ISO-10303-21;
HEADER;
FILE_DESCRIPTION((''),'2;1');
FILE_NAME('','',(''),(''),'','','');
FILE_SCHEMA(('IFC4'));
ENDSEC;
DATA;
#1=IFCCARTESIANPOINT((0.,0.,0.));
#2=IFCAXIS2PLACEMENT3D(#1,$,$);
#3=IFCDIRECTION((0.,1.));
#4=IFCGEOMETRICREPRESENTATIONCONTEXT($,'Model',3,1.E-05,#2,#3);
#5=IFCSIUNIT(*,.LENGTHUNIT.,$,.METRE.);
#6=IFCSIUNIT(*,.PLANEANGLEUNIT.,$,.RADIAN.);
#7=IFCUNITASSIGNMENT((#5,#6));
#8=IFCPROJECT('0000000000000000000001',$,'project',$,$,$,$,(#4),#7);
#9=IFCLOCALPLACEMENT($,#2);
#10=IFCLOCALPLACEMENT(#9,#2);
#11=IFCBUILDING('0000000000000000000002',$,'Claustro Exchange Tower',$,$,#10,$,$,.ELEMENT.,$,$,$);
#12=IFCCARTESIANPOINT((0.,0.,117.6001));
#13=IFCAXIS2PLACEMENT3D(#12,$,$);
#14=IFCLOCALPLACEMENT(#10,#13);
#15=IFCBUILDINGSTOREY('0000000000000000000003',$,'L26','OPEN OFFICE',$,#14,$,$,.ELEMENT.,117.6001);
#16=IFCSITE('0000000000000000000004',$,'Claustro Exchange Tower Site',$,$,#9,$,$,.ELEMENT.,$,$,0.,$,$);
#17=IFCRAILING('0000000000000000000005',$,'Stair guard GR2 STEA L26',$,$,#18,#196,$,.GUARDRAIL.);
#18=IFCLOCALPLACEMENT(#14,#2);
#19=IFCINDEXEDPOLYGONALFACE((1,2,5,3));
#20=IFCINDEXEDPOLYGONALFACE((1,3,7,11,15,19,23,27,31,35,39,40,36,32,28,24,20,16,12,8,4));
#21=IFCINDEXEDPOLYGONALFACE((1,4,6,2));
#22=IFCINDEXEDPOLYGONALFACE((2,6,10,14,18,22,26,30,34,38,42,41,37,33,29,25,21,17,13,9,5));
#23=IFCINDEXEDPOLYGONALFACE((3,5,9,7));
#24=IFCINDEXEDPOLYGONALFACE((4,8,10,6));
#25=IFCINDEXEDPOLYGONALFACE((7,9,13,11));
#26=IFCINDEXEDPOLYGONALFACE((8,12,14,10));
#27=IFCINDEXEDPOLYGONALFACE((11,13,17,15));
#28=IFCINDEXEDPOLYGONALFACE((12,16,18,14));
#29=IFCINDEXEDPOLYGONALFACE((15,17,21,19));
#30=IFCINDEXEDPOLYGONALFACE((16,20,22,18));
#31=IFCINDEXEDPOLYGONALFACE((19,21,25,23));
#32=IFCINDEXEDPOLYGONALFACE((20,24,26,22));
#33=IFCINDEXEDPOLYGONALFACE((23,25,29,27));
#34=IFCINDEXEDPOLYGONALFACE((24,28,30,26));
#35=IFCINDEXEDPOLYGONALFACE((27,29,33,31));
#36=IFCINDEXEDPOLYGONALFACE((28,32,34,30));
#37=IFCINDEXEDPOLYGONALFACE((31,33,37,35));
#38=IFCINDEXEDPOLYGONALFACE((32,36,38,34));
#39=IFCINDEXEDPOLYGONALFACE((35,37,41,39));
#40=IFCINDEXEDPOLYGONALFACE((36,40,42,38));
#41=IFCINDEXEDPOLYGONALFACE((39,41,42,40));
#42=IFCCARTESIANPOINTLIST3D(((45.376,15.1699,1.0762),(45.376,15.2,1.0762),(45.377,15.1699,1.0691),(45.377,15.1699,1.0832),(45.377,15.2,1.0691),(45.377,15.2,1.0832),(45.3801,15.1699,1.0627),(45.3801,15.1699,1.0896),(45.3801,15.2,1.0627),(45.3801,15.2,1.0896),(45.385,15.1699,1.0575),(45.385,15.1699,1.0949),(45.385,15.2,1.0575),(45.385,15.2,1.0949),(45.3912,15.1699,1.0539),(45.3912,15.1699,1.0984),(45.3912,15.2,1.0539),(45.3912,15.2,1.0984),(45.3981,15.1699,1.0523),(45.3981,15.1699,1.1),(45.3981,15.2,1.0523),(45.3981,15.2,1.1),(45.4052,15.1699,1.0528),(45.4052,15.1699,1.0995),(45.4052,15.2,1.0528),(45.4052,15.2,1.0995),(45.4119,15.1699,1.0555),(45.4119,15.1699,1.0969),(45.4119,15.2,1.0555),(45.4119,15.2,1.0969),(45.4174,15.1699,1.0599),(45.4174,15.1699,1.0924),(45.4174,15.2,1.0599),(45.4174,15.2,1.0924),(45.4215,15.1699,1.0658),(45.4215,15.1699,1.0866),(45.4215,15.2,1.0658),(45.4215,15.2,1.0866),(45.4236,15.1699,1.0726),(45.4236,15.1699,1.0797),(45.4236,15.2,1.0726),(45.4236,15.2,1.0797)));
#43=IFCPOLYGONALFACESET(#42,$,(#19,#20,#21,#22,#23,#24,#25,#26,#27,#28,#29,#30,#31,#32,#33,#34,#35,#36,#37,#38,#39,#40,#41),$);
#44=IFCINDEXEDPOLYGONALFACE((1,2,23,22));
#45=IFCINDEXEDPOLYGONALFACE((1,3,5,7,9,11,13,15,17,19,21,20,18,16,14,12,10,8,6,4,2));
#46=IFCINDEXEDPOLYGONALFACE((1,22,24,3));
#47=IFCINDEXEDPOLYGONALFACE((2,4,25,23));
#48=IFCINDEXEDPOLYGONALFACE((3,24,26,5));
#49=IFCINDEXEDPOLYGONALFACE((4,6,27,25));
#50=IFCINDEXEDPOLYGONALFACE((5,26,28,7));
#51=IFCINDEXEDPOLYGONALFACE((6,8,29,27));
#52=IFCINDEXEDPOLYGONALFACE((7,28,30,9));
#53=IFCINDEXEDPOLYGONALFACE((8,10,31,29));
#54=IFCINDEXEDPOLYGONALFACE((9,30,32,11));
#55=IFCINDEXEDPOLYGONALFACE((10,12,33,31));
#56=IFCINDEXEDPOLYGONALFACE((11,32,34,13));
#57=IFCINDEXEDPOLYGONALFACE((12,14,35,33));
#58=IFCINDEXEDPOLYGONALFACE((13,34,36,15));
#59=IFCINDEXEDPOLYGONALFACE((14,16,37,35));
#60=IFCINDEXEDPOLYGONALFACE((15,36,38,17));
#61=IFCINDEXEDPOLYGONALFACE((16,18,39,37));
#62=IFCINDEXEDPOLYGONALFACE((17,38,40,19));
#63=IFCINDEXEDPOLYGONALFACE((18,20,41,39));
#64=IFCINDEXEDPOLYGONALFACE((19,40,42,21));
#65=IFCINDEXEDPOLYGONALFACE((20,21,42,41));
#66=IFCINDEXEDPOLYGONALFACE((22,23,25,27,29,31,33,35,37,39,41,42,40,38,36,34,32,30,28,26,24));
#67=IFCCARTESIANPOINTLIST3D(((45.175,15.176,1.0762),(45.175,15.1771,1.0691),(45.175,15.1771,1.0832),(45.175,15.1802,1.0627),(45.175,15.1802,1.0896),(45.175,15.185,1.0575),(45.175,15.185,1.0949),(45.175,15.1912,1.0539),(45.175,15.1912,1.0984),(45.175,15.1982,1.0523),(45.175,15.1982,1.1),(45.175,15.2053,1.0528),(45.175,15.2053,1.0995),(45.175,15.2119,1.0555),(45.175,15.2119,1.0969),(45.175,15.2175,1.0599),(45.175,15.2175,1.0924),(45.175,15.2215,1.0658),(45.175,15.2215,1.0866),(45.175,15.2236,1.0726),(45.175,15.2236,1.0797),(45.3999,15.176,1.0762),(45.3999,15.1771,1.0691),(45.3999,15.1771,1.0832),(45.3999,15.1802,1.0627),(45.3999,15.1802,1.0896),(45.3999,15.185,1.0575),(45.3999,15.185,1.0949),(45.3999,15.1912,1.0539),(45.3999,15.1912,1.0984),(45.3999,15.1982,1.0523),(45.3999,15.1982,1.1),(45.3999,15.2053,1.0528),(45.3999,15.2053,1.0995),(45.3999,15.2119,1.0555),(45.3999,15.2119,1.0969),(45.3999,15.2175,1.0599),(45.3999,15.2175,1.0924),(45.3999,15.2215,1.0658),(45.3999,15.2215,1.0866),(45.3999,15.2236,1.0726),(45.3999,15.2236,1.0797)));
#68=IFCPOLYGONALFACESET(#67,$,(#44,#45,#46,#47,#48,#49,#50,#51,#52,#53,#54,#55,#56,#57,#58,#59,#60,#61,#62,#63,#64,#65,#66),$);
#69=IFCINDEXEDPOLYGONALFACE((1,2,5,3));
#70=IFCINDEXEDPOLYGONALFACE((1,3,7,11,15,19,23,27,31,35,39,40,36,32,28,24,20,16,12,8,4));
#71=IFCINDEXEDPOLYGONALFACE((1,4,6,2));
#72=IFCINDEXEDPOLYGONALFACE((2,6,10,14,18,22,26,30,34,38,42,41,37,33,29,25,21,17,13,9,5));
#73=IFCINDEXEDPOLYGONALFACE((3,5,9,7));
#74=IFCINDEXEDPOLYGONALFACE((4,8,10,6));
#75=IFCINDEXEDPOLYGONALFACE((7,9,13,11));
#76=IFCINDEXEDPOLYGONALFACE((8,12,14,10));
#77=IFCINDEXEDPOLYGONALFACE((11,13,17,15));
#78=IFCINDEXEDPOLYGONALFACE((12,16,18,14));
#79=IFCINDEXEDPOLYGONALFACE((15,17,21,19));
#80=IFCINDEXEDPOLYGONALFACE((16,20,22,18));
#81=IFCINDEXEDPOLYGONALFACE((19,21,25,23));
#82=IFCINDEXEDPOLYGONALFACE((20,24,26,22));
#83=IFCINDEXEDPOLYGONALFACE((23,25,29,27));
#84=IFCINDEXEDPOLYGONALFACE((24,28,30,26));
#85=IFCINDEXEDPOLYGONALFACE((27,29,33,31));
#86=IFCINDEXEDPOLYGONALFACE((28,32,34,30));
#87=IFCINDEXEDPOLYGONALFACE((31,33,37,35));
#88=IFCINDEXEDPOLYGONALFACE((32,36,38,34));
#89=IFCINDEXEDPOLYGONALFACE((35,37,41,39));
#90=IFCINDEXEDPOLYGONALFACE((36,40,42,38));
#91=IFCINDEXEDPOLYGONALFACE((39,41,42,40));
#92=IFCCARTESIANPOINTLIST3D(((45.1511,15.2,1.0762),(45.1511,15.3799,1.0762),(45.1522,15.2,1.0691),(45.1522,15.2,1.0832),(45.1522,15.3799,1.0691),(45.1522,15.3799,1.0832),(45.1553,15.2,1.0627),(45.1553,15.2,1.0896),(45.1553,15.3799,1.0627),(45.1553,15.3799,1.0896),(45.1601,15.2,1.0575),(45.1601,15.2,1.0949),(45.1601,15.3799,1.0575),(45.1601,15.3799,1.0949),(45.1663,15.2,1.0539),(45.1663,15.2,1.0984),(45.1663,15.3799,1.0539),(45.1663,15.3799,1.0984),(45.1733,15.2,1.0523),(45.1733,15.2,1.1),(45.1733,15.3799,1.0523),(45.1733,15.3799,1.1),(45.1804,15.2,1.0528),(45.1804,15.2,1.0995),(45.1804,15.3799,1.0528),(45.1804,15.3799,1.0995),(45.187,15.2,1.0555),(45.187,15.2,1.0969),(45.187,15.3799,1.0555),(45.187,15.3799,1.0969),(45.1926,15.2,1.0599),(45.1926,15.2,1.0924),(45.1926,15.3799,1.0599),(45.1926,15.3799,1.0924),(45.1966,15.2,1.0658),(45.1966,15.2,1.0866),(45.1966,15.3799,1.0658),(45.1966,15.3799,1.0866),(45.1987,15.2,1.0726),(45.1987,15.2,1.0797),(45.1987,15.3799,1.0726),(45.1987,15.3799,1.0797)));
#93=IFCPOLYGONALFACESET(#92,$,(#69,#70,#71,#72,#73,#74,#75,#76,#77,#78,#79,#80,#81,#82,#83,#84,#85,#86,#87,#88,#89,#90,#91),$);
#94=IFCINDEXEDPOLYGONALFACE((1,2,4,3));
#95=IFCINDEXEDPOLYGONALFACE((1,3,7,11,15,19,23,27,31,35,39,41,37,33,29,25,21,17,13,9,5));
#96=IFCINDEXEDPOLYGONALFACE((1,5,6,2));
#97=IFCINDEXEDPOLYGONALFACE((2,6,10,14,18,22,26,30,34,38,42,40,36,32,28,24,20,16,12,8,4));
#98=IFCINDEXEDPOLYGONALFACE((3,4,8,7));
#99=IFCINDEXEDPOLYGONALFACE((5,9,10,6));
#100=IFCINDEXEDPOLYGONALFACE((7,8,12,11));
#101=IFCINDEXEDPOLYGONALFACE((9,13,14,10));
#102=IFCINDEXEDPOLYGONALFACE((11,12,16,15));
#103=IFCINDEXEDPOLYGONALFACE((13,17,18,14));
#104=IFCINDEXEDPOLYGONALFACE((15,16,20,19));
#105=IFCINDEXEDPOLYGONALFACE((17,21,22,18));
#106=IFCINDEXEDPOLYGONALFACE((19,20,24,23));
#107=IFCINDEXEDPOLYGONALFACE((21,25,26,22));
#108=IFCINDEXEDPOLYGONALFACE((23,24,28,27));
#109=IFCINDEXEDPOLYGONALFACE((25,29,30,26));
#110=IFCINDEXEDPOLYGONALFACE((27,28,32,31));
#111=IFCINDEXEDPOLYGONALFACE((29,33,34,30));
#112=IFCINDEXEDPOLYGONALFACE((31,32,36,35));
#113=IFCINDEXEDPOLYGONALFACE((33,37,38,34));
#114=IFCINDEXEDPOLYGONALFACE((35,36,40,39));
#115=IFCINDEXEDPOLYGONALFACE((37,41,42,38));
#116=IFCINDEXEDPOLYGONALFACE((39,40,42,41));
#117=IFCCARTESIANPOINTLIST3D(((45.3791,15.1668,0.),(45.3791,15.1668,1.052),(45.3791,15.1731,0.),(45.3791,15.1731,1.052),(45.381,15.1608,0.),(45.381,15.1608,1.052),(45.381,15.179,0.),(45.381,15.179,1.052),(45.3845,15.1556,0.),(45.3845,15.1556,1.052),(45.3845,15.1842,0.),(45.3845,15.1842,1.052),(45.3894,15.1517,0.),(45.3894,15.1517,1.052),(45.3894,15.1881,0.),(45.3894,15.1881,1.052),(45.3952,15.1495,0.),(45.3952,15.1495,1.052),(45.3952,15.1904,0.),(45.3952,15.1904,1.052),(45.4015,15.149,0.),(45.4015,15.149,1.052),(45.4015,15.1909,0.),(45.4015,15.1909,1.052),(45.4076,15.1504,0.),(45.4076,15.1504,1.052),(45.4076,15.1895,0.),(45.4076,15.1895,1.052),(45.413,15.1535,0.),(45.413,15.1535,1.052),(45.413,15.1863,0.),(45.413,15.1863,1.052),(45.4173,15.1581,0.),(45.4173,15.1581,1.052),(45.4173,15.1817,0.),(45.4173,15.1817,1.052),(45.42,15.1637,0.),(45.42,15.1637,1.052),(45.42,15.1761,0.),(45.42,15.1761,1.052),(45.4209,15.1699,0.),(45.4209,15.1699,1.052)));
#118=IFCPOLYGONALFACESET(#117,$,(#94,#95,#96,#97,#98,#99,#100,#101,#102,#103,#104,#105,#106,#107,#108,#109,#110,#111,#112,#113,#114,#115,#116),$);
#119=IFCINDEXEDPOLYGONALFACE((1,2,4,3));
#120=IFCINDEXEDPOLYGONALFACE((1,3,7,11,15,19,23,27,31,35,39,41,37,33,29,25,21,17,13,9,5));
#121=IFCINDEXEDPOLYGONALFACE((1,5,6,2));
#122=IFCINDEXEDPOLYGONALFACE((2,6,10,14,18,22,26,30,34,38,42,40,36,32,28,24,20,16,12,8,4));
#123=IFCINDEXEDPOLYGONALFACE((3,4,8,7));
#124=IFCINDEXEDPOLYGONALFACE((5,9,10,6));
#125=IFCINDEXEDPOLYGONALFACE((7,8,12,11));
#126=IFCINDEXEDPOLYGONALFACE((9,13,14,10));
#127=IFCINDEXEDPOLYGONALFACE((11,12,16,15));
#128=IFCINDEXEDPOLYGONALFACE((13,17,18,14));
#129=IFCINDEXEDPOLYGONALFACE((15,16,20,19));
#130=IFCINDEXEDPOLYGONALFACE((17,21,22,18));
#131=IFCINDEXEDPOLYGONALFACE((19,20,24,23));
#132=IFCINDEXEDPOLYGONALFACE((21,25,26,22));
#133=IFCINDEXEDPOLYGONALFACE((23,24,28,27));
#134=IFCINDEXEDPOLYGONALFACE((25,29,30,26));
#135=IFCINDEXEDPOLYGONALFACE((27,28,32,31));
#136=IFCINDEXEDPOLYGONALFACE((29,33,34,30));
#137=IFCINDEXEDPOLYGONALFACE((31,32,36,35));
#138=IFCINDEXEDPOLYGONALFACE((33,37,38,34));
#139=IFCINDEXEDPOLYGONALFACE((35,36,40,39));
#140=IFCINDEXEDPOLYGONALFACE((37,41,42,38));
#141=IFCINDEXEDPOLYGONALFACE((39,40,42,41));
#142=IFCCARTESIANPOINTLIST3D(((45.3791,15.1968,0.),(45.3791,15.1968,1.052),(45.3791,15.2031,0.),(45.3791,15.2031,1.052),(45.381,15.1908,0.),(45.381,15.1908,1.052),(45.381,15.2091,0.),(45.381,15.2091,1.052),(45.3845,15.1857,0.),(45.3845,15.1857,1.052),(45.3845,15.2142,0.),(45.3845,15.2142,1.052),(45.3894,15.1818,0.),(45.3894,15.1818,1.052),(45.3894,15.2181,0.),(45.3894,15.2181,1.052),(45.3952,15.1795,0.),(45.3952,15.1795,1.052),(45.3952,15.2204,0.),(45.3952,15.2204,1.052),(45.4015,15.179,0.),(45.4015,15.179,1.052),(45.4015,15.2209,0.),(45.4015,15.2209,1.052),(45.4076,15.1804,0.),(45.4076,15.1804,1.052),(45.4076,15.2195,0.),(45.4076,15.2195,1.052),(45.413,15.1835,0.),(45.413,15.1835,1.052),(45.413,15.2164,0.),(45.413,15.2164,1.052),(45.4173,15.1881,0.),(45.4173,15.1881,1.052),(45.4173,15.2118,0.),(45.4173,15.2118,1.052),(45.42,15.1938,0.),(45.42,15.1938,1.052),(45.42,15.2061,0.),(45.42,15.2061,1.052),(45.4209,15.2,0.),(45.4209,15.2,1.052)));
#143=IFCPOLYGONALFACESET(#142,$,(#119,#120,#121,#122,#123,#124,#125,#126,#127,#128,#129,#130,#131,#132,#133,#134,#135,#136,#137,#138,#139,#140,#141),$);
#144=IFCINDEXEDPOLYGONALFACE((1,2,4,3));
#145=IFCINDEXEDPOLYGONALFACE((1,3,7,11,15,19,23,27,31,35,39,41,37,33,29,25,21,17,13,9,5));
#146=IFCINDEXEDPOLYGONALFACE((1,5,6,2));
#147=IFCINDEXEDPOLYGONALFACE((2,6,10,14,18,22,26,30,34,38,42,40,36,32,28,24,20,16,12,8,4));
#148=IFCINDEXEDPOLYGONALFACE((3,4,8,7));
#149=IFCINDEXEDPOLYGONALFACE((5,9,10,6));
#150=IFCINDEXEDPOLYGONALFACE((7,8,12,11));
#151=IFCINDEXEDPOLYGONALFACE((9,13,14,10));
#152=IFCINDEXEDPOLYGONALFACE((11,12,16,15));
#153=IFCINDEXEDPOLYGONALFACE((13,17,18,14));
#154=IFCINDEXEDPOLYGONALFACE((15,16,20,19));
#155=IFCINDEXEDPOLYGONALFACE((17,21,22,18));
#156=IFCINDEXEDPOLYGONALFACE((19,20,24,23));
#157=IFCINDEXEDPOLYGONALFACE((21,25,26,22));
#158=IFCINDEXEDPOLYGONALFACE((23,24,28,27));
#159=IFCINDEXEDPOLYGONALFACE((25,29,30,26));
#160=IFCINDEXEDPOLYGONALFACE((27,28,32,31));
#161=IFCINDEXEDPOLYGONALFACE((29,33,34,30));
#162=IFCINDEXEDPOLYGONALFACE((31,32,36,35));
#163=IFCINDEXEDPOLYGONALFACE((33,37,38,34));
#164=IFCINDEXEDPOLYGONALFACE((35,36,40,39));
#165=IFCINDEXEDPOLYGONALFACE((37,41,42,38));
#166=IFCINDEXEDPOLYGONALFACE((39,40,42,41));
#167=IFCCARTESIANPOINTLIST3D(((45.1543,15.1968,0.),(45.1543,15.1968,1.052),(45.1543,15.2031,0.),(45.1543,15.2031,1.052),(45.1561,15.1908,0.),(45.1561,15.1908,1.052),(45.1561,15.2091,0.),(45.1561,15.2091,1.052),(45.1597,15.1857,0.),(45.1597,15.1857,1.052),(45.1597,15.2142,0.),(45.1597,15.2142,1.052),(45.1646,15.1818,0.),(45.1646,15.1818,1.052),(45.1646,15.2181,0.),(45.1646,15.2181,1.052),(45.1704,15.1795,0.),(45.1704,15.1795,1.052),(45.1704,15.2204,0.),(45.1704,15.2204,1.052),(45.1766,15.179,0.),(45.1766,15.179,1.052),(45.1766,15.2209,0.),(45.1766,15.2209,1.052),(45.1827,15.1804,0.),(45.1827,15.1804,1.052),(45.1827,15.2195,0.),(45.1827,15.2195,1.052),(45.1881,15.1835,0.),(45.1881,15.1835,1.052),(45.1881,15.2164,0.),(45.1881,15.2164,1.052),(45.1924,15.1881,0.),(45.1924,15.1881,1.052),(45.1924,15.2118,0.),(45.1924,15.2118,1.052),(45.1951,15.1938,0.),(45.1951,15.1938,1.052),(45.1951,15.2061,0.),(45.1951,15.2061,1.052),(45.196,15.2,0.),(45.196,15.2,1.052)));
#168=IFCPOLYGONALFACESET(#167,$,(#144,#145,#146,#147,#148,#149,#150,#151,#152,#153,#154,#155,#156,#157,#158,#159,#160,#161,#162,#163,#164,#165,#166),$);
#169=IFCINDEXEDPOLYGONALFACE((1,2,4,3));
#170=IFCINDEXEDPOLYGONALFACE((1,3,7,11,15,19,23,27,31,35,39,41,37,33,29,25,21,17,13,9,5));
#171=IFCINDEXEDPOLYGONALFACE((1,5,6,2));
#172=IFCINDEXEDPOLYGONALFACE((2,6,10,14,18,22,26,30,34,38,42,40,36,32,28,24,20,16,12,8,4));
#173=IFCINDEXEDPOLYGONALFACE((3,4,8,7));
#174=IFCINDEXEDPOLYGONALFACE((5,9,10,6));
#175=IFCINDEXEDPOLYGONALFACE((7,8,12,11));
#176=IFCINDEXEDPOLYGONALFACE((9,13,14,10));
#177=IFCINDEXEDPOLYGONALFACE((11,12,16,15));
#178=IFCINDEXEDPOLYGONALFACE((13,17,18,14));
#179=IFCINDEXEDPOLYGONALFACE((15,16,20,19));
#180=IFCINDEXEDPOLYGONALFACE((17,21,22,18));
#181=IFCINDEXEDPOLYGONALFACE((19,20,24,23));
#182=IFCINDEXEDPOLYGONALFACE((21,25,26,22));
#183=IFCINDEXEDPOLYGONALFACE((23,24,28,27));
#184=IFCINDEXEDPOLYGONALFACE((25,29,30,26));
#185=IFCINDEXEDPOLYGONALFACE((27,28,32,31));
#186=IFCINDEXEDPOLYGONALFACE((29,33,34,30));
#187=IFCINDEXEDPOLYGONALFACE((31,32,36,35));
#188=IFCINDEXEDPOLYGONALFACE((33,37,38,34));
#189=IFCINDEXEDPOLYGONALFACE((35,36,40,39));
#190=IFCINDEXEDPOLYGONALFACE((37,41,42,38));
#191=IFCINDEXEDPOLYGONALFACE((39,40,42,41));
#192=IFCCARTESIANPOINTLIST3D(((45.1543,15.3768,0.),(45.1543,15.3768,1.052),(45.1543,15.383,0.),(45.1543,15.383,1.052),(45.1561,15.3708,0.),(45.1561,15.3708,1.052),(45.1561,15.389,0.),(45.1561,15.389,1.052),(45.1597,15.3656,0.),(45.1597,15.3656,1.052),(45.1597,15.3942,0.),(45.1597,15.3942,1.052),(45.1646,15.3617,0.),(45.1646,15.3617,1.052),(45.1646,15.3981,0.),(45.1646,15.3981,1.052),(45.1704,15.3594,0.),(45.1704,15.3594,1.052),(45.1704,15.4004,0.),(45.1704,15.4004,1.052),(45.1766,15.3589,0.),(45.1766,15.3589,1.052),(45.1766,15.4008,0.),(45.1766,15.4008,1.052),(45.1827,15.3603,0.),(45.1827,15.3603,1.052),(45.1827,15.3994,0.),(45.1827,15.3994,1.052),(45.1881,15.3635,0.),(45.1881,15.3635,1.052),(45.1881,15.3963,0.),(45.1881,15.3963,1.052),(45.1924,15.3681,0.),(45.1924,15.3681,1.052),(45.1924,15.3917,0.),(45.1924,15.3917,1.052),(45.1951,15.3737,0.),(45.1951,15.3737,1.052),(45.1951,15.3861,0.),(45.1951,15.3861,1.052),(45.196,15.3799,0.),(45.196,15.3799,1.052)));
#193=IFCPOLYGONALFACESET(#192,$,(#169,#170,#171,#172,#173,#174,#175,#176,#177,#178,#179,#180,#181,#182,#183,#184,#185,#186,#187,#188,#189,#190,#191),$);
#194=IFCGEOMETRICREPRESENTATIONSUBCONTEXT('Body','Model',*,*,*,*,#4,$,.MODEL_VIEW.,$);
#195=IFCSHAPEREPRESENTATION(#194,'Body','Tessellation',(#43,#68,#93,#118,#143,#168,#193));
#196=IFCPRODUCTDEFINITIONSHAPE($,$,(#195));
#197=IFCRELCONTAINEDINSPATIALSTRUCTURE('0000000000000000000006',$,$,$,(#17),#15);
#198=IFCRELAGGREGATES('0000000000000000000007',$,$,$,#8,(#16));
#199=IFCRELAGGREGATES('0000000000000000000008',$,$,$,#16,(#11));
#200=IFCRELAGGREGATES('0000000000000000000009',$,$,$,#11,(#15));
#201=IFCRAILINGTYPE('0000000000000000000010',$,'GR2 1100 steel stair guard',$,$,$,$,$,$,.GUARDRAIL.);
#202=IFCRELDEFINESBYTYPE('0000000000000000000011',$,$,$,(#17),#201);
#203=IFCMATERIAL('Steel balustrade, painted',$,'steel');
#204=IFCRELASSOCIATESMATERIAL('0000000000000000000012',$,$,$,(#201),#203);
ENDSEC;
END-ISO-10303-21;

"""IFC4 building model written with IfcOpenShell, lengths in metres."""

from ifc_helpers import new_model, si_unit, direction, frame, origin, origin_2d, place, context, subcontext, project, spatial, circle, extrude, material, type_object, element, save


model = new_model("IFC4")

# Units and contexts
model_context = context("Model", 3, precision=1e-05, world=origin(), true_north=direction((0.0, 1.0)))
body_context = subcontext(model_context, "Body", "Model", "MODEL_VIEW")
ifc_project = project(units=[si_unit("LENGTHUNIT", "METRE"), si_unit("PLANEANGLEUNIT", "RADIAN")], contexts=[model_context])

# Site, building, storey
site_placement = place(None, origin())
site = spatial("IfcSite", under=ifc_project, at=site_placement, Name="Claustro Exchange Tower Site", CompositionType="ELEMENT", RefElevation=0.0)
building_placement = place(site_placement, origin())
building = spatial("IfcBuilding", under=site, at=building_placement, Name="Claustro Exchange Tower", CompositionType="ELEMENT")
storey_placement = place(building_placement, frame((0.0, 0.0, 117.6001)))
storey = spatial("IfcBuildingStorey", under=building, at=storey_placement, Name="L26", Description="OPEN OFFICE", CompositionType="ELEMENT", Elevation=117.6001)

# Railing
ifc_material_1 = material(Name="Steel balustrade, painted", Category="steel")
railing_type_1 = type_object("IfcRailingType", Name="GR2 1100 steel stair guard", PredefinedType="GUARDRAIL", material=ifc_material_1)
railing_1_placement = place(storey_placement, frame((45.3999, 15.1699, 0.0)))
element("IfcRailing", 1, at=railing_1_placement, inside=storey, type_object=railing_type_1, Name="Stair guard GR2 STEA L26", PredefinedType="GUARDRAIL", context=body_context, shape_type="SweptSolid", body=[
    extrude(circle(Radius=0.0239, at=origin_2d()), frame((0.0, 0.0, 1.0762), z_axis=(0.0, 1.0, 0.0), x_axis=(-1.0, 0.0, 0.0)), (0.0, 0.0, 1.0), 0.03),
    extrude(circle(Radius=0.0239, at=origin_2d()), frame((0.0, 0.03, 1.0762), z_axis=(-1.0, 0.0, 0.0), x_axis=(0.0, -1.0, 0.0)), (0.0, 0.0, 1.0), 0.2249),
    extrude(circle(Radius=0.0239, at=origin_2d()), frame((-0.2249, 0.03, 1.0762), z_axis=(0.0, 1.0, 0.0), x_axis=(-1.0, 0.0, 0.0)), (0.0, 0.0, 1.0), 0.1799),
    extrude(circle(Radius=0.021, at=origin_2d()), origin(), (0.0, 0.0, 1.0), 1.052),
    extrude(circle(Radius=0.021, at=origin_2d()), frame((0.0, 0.03, 0.0)), (0.0, 0.0, 1.0), 1.052),
    extrude(circle(Radius=0.021, at=origin_2d()), frame((-0.2249, 0.03, 0.0)), (0.0, 0.0, 1.0), 1.052),
    extrude(circle(Radius=0.021, at=origin_2d()), frame((-0.2249, 0.21, 0.0)), (0.0, 0.0, 1.0), 1.052),
])

save(model, "model.ifc")
